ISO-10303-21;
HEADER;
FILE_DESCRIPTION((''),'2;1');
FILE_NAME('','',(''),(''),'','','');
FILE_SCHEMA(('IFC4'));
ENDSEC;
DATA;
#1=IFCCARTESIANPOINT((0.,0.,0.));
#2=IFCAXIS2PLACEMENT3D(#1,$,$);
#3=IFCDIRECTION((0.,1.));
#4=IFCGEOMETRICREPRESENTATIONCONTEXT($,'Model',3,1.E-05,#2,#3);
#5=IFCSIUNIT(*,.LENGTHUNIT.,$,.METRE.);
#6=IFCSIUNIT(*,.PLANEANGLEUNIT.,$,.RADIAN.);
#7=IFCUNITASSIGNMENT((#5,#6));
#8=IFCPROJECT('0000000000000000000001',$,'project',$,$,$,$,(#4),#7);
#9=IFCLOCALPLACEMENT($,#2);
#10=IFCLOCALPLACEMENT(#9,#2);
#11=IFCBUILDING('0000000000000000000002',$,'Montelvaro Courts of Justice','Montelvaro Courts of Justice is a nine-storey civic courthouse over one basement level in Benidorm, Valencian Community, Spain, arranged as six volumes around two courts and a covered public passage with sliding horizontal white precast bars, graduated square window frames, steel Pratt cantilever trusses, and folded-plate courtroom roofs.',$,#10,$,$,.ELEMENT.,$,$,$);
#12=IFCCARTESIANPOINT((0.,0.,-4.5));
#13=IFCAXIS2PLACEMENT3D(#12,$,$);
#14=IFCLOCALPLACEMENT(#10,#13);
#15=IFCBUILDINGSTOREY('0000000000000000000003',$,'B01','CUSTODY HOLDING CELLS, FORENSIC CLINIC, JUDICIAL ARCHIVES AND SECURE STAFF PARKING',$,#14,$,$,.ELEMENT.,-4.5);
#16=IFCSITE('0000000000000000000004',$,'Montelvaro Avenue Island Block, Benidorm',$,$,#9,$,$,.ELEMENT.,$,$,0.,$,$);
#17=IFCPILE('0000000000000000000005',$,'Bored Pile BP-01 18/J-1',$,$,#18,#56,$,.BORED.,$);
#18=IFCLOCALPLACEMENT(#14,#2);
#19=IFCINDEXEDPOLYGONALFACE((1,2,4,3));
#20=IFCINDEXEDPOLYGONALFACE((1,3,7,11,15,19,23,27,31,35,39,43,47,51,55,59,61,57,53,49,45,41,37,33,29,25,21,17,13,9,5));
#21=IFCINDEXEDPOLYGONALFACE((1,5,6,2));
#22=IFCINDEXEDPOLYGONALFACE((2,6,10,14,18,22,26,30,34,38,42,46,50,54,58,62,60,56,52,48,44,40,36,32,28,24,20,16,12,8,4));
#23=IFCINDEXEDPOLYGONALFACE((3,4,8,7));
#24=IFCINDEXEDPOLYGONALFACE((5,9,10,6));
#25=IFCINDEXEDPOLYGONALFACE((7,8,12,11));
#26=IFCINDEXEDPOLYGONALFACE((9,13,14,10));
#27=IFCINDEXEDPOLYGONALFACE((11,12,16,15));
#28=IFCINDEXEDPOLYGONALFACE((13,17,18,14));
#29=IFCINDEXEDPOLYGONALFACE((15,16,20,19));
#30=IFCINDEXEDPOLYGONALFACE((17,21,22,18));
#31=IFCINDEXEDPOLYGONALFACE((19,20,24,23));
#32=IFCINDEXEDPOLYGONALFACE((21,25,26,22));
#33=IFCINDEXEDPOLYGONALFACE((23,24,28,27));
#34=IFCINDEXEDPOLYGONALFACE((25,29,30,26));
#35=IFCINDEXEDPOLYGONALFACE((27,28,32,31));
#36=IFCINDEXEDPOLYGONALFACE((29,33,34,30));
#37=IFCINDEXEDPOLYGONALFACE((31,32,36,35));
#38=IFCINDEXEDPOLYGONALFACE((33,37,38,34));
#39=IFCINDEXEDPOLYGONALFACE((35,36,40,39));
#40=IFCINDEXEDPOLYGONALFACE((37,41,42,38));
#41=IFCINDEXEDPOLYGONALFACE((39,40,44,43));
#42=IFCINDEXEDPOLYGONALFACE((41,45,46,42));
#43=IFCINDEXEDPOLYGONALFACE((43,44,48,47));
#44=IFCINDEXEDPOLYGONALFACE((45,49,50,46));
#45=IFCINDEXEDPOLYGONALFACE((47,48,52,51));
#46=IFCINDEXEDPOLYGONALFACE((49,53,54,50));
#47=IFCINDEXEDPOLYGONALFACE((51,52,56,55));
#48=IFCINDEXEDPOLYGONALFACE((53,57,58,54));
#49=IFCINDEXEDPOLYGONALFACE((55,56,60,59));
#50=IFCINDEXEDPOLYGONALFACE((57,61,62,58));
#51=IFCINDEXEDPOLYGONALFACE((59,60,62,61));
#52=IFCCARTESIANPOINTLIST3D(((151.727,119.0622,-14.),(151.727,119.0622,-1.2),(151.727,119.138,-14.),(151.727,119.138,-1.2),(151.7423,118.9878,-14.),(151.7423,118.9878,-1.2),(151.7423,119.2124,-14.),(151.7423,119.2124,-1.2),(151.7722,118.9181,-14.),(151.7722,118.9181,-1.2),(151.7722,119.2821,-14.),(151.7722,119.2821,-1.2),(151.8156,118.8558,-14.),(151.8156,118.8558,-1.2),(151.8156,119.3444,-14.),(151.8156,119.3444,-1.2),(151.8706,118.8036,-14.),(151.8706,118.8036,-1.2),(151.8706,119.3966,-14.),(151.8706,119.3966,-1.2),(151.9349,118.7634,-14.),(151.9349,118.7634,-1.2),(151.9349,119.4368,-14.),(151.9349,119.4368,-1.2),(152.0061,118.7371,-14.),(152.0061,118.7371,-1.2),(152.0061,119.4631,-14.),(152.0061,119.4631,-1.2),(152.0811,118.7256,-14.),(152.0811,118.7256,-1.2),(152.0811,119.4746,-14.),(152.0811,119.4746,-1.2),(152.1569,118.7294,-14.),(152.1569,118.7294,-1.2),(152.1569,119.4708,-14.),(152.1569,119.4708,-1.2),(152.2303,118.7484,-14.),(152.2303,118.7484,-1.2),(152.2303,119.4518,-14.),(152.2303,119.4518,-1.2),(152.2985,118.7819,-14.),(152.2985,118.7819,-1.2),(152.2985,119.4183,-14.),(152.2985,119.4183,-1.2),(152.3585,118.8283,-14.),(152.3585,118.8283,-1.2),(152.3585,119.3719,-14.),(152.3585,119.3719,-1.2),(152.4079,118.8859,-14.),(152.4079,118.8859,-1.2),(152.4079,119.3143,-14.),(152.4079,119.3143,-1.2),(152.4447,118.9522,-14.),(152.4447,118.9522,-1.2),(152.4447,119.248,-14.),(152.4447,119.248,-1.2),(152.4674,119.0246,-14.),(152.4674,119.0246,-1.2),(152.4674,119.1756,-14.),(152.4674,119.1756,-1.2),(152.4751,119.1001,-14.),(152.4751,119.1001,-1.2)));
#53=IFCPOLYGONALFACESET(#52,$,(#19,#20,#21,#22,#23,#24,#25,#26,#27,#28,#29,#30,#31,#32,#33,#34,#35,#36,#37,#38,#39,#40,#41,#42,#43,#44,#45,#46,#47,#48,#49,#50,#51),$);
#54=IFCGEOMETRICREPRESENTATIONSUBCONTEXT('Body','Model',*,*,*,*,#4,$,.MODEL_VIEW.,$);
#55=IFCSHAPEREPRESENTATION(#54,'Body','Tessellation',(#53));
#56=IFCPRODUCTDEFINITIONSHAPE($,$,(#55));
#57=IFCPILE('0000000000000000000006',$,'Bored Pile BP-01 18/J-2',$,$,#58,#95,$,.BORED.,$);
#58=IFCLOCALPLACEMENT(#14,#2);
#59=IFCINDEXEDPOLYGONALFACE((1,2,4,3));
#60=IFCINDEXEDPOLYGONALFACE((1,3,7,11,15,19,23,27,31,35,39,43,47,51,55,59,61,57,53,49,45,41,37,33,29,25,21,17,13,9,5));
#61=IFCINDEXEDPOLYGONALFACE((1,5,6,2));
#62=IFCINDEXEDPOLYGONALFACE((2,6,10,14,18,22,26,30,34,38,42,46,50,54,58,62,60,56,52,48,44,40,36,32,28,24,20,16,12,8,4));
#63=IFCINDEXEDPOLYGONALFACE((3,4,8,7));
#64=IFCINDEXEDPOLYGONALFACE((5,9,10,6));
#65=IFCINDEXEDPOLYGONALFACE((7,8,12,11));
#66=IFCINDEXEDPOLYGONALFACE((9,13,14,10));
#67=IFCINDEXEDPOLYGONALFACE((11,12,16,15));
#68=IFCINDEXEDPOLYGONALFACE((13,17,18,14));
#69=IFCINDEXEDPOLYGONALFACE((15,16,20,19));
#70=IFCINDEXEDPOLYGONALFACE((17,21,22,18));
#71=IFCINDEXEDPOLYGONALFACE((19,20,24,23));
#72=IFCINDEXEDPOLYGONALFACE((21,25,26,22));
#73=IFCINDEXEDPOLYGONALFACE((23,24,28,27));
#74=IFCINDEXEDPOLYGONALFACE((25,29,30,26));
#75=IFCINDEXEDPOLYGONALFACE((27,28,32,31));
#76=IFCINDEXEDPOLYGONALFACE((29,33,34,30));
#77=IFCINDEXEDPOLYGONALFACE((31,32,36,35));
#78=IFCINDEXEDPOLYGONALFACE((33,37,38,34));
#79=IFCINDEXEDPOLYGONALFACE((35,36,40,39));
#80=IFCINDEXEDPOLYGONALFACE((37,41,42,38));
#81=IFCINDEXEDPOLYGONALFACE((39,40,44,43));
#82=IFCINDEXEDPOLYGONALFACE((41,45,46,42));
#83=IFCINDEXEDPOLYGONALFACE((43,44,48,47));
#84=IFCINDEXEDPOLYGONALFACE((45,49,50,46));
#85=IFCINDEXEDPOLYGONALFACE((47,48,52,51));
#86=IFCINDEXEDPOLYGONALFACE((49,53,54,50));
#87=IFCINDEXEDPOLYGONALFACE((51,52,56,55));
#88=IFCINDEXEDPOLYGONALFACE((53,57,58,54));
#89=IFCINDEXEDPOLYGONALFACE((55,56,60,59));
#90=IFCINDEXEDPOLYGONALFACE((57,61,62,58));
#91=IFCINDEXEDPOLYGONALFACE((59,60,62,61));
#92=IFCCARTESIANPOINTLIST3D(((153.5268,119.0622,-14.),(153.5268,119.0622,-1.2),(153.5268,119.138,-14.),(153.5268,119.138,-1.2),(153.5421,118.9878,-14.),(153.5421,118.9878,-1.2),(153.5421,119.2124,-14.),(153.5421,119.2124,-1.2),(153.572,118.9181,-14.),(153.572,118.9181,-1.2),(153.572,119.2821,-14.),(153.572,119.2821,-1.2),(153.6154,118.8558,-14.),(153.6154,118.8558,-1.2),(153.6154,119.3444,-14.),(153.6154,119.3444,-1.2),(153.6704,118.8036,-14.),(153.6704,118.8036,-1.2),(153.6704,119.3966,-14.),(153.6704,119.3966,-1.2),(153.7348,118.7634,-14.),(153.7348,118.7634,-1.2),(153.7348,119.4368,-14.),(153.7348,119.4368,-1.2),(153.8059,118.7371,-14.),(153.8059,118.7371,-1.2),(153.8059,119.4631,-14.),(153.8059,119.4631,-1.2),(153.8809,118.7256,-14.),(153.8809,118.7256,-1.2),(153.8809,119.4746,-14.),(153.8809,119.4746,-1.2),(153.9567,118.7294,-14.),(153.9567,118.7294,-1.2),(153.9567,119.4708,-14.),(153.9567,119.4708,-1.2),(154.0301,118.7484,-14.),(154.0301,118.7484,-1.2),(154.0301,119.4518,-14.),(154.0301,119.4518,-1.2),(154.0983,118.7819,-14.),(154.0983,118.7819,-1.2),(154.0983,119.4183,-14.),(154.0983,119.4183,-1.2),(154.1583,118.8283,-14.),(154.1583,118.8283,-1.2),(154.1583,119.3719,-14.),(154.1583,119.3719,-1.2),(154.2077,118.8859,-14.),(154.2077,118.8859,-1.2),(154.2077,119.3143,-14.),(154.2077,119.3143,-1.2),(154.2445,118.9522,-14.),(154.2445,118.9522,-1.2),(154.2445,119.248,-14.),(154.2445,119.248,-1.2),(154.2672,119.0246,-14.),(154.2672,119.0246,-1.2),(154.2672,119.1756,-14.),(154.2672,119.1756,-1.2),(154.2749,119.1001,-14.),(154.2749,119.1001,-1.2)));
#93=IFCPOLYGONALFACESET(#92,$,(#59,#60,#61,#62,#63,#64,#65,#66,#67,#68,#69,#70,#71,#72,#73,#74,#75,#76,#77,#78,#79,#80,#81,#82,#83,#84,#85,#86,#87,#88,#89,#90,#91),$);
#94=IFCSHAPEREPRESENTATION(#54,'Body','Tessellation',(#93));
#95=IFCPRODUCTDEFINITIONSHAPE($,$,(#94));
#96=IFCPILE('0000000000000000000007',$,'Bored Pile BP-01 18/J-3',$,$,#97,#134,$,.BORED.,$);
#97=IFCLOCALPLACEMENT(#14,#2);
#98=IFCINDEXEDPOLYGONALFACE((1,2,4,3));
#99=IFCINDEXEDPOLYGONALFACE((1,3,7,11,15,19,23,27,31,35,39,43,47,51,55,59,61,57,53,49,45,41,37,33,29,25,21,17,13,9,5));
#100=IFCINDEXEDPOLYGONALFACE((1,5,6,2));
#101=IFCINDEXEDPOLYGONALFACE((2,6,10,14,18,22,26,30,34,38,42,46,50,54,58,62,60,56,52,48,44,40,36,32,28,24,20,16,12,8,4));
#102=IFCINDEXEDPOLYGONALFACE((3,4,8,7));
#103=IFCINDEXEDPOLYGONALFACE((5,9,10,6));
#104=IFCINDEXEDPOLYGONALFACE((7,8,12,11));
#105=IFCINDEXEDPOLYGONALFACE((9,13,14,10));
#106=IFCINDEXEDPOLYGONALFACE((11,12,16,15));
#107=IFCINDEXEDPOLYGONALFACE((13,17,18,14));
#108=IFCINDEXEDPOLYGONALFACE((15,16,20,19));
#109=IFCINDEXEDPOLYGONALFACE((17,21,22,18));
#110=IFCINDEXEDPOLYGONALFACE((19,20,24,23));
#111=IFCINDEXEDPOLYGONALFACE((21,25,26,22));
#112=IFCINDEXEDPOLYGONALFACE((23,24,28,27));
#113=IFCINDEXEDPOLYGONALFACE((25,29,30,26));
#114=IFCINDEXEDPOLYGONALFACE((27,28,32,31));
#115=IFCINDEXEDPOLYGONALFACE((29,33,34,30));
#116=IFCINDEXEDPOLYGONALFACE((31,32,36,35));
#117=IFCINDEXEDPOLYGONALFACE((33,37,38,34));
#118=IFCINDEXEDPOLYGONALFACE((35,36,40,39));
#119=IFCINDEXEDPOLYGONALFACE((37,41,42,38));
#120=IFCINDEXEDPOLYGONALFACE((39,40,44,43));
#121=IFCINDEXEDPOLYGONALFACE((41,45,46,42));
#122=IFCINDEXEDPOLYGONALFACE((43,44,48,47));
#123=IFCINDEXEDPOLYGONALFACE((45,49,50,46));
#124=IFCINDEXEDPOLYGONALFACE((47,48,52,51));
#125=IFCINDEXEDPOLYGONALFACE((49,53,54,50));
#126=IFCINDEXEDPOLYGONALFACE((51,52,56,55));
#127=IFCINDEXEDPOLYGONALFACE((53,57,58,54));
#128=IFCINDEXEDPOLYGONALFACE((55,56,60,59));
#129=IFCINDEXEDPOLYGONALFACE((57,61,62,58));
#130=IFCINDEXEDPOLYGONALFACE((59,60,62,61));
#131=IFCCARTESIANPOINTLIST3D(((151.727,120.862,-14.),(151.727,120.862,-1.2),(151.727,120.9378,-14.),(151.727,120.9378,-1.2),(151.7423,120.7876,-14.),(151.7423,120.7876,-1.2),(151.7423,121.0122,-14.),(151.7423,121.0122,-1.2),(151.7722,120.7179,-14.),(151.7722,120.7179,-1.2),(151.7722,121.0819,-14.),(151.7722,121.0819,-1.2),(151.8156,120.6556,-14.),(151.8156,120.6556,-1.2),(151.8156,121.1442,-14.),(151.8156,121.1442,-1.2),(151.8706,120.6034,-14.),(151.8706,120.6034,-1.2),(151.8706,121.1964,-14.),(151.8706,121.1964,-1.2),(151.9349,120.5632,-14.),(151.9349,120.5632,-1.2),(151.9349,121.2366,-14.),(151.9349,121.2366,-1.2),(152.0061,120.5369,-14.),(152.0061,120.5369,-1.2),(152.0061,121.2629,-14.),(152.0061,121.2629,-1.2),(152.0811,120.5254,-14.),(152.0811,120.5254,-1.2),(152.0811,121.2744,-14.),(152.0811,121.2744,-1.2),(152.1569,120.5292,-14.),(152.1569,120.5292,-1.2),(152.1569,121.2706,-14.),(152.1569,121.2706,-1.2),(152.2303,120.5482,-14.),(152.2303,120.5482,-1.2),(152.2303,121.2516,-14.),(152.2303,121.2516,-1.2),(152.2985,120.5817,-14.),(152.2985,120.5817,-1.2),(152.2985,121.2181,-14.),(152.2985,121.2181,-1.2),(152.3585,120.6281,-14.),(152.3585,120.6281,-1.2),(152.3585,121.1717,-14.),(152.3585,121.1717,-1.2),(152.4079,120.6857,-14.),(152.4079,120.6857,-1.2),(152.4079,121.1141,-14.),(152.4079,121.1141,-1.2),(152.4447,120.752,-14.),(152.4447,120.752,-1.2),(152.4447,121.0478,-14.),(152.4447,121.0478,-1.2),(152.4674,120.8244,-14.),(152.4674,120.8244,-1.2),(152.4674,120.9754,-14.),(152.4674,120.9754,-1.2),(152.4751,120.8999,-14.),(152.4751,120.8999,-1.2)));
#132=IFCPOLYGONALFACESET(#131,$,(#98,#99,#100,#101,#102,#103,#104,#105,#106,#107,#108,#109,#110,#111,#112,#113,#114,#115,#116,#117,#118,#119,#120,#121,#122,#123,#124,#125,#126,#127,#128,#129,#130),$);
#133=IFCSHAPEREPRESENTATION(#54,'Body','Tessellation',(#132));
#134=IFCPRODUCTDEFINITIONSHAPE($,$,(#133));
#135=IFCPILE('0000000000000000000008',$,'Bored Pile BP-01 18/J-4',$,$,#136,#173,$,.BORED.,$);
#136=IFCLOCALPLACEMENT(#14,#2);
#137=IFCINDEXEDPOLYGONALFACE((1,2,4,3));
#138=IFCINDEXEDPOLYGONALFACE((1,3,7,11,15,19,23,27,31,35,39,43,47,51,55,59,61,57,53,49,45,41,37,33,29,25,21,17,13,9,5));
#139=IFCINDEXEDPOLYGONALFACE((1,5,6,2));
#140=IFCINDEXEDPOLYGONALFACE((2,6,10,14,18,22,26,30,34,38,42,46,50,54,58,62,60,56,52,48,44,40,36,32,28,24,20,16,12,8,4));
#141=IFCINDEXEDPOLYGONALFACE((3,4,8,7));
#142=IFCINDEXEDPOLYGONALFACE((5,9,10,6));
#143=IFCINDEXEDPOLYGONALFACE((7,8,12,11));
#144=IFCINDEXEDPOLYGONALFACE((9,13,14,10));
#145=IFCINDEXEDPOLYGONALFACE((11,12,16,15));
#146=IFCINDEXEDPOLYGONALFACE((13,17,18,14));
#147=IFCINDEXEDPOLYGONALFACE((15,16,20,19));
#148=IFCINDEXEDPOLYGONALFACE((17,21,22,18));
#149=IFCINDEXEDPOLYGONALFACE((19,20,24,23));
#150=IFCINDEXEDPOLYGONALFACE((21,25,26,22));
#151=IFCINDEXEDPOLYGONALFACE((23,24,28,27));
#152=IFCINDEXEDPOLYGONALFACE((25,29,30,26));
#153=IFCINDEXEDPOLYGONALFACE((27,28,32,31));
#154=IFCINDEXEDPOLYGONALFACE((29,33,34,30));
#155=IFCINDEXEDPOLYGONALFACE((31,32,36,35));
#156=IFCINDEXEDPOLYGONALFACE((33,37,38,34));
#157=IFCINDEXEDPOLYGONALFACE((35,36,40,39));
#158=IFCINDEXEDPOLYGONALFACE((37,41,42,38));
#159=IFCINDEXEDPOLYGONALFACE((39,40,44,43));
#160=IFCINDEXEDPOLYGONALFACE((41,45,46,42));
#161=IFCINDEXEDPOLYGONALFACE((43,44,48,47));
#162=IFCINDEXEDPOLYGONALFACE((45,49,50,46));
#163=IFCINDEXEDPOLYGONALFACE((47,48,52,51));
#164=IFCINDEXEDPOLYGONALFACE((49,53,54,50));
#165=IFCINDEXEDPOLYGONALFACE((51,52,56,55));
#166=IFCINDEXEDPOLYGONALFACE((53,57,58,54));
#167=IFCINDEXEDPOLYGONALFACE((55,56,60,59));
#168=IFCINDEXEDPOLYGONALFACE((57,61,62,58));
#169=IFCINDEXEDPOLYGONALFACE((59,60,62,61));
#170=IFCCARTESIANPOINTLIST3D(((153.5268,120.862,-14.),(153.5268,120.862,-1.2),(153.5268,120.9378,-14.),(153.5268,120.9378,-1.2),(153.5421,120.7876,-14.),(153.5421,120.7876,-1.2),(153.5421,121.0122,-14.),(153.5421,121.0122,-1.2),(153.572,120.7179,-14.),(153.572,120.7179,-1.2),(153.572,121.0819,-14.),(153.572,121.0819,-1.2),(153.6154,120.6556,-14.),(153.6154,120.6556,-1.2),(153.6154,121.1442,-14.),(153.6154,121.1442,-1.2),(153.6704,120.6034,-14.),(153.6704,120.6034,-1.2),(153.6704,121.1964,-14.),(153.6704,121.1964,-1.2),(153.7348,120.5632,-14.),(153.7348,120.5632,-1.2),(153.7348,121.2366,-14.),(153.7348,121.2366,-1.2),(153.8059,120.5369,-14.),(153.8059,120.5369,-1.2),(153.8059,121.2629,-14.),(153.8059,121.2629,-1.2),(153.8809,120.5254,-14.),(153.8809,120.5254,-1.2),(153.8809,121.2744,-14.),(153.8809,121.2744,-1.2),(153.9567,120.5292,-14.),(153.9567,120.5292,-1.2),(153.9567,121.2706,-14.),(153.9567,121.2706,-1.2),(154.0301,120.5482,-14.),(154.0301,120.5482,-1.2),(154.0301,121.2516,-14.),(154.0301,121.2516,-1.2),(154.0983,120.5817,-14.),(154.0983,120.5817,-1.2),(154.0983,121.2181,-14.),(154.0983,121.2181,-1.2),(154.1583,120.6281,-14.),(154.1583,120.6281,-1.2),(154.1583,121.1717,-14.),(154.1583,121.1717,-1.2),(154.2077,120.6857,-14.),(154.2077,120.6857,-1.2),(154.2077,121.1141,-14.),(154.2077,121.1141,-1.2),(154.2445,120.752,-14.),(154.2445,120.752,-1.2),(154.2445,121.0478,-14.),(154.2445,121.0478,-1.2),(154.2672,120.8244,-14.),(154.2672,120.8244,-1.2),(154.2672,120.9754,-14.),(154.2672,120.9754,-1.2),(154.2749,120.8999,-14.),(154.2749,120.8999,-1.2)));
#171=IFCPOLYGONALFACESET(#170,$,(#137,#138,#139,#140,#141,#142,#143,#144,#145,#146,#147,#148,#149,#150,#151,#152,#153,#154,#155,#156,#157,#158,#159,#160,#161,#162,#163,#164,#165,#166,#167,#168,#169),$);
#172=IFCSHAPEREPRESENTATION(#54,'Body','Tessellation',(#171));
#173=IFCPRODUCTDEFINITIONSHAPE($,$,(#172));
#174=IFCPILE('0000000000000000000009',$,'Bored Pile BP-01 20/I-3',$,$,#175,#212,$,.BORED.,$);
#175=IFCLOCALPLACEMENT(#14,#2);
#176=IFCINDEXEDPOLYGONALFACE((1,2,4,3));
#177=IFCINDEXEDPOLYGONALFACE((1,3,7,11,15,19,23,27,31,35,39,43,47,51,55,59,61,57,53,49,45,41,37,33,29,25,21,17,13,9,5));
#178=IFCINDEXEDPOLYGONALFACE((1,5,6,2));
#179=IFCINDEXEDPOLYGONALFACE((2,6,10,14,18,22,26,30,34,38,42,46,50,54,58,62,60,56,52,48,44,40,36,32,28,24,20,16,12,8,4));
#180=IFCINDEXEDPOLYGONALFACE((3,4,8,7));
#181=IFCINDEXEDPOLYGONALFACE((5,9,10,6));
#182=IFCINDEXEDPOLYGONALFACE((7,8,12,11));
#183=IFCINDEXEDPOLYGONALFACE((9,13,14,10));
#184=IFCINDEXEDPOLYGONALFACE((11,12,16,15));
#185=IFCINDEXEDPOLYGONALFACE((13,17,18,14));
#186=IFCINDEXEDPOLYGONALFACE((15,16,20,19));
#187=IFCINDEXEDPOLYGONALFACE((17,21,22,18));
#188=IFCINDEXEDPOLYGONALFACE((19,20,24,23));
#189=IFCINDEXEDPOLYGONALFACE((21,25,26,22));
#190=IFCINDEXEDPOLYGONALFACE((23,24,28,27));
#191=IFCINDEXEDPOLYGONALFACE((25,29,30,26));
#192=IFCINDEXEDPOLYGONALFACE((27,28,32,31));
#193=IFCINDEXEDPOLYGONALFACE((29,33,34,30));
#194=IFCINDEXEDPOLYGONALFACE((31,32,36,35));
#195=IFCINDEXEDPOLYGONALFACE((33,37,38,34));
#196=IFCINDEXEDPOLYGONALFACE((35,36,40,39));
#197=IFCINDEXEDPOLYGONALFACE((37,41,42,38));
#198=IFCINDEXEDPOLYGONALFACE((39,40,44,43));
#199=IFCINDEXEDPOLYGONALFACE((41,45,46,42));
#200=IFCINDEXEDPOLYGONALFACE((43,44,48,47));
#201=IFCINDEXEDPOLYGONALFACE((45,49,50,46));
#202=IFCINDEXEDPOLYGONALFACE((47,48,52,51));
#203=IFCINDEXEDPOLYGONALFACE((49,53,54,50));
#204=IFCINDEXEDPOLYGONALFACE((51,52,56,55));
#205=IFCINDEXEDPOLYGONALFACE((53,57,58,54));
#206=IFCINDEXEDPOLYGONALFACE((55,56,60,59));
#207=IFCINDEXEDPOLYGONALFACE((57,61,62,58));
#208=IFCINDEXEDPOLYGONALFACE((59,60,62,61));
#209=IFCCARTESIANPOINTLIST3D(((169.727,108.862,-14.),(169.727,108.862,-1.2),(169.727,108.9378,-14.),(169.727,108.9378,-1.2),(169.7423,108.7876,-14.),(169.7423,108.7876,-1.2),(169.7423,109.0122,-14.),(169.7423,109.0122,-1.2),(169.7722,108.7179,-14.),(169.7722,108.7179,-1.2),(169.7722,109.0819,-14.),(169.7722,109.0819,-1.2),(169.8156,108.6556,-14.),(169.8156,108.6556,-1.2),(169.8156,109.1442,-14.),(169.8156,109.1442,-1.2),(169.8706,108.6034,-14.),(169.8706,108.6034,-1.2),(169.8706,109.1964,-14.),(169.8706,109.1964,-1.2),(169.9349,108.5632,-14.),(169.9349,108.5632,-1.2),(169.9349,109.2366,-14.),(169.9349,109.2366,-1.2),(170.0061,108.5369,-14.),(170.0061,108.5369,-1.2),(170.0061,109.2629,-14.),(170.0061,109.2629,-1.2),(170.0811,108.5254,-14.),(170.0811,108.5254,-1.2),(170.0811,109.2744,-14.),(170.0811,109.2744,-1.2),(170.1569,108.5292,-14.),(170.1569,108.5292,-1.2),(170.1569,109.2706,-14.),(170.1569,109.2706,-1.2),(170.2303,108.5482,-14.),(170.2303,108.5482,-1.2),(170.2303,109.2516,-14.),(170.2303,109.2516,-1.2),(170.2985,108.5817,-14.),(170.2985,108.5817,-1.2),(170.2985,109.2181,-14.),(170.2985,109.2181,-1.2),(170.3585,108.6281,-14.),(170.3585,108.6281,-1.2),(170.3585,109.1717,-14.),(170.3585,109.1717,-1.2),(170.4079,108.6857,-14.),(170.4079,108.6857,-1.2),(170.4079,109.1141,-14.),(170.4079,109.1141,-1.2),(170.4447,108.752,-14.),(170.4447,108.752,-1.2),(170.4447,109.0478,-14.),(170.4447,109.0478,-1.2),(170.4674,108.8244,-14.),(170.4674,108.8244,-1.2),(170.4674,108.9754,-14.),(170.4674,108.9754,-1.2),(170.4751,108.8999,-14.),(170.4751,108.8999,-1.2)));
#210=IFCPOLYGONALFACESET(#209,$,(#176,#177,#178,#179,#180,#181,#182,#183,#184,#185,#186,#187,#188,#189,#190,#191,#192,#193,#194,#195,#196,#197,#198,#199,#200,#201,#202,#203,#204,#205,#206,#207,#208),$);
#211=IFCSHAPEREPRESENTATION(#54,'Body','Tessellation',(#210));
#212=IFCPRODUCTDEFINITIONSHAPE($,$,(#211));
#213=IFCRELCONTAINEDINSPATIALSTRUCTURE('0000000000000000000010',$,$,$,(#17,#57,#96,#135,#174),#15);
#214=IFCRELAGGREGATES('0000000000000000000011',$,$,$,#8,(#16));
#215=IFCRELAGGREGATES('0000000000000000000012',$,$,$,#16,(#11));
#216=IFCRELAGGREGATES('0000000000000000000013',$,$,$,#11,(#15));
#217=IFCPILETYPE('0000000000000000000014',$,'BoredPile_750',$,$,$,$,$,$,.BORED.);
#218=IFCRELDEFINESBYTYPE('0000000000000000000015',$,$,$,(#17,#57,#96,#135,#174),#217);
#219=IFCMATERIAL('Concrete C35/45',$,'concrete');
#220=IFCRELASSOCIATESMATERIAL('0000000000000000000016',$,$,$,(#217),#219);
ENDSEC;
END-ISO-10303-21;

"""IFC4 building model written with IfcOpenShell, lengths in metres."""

from ifc_helpers import new_model, si_unit, direction, frame, origin, origin_2d, place, context, subcontext, project, spatial, circle, extrude, material, material_profile, profile_set, type_object, element, save


model = new_model("IFC4")

# Units and contexts
model_context = context("Model", 3, precision=1e-05, world=origin(), true_north=direction((0.0, 1.0)))
body_context = subcontext(model_context, "Body", "Model", "MODEL_VIEW")
ifc_project = project(units=[si_unit("LENGTHUNIT", "METRE"), si_unit("PLANEANGLEUNIT", "RADIAN")], contexts=[model_context])

# Site, building, storey
site_placement = place(None, origin())
site = spatial("IfcSite", under=ifc_project, at=site_placement, Name="Montelvaro Avenue Island Block, Benidorm", CompositionType="ELEMENT", RefElevation=0.0)
building_placement = place(site_placement, origin())
building = spatial("IfcBuilding", under=site, at=building_placement, Name="Montelvaro Courts of Justice", Description="Montelvaro Courts of Justice is a nine-storey civic courthouse over one basement level in Benidorm, Valencian Community, Spain, arranged as six volumes around two courts and a covered public passage with sliding horizontal white precast bars, graduated square window frames, steel Pratt cantilever trusses, and folded-plate courtroom roofs.", CompositionType="ELEMENT")
storey_placement = place(building_placement, frame((0.0, 0.0, -4.5)))
storey = spatial("IfcBuildingStorey", under=building, at=storey_placement, Name="B01", Description="CUSTODY HOLDING CELLS, FORENSIC CLINIC, JUDICIAL ARCHIVES AND SECURE STAFF PARKING", CompositionType="ELEMENT", Elevation=-4.5)

# Piles
ifc_material_1 = material(Name="Concrete C35/45", Category="concrete")
ifc_material_profile_1 = material_profile(ifc_material_1, circle(Radius=0.375, at=origin_2d()), Name="BORED PILE D750")
ifc_profile_set_1 = profile_set([ifc_material_profile_1], Name="Concrete C35/45")
pile_type_1 = type_object("IfcPileType", Name="BoredPile_750", PredefinedType="BORED", material=ifc_profile_set_1)
for number, where, z_axis, x_axis, name in (
    (1, (152.1001, 119.1001, -1.2), (0.0, 0.0, -1.0), (1.0, 0.0, 0.0), "Bored Pile BP-01 18/J-1"),
    (2, (153.8999, 119.1001, -1.2), (0.0, 0.0, -1.0), (1.0, 0.0, 0.0), "Bored Pile BP-01 18/J-2"),
    (3, (152.1001, 120.8999, -1.2), (0.0, 0.0, -1.0), (1.0, 0.0, 0.0), "Bored Pile BP-01 18/J-3"),
    (4, (153.8999, 120.8999, -1.2), (0.0, 0.0, -1.0), (1.0, 0.0, 0.0), "Bored Pile BP-01 18/J-4"),
    (5, (170.1001, 108.8999, -1.2), (0.0, 0.0, -1.0), (1.0, 0.0, 0.0), "Bored Pile BP-01 20/I-3"),
):
    element("IfcPile", number, at=place(storey_placement, frame(where, z_axis=z_axis, x_axis=x_axis)), inside=storey, type_object=pile_type_1, Name=name, PredefinedType="BORED", context=body_context, shape_type="SweptSolid", body=[
        extrude(circle(Radius=0.375, at=origin_2d()), origin(), (0.0, 0.0, 1.0), 12.8),
    ])

save(model, "model.ifc")
